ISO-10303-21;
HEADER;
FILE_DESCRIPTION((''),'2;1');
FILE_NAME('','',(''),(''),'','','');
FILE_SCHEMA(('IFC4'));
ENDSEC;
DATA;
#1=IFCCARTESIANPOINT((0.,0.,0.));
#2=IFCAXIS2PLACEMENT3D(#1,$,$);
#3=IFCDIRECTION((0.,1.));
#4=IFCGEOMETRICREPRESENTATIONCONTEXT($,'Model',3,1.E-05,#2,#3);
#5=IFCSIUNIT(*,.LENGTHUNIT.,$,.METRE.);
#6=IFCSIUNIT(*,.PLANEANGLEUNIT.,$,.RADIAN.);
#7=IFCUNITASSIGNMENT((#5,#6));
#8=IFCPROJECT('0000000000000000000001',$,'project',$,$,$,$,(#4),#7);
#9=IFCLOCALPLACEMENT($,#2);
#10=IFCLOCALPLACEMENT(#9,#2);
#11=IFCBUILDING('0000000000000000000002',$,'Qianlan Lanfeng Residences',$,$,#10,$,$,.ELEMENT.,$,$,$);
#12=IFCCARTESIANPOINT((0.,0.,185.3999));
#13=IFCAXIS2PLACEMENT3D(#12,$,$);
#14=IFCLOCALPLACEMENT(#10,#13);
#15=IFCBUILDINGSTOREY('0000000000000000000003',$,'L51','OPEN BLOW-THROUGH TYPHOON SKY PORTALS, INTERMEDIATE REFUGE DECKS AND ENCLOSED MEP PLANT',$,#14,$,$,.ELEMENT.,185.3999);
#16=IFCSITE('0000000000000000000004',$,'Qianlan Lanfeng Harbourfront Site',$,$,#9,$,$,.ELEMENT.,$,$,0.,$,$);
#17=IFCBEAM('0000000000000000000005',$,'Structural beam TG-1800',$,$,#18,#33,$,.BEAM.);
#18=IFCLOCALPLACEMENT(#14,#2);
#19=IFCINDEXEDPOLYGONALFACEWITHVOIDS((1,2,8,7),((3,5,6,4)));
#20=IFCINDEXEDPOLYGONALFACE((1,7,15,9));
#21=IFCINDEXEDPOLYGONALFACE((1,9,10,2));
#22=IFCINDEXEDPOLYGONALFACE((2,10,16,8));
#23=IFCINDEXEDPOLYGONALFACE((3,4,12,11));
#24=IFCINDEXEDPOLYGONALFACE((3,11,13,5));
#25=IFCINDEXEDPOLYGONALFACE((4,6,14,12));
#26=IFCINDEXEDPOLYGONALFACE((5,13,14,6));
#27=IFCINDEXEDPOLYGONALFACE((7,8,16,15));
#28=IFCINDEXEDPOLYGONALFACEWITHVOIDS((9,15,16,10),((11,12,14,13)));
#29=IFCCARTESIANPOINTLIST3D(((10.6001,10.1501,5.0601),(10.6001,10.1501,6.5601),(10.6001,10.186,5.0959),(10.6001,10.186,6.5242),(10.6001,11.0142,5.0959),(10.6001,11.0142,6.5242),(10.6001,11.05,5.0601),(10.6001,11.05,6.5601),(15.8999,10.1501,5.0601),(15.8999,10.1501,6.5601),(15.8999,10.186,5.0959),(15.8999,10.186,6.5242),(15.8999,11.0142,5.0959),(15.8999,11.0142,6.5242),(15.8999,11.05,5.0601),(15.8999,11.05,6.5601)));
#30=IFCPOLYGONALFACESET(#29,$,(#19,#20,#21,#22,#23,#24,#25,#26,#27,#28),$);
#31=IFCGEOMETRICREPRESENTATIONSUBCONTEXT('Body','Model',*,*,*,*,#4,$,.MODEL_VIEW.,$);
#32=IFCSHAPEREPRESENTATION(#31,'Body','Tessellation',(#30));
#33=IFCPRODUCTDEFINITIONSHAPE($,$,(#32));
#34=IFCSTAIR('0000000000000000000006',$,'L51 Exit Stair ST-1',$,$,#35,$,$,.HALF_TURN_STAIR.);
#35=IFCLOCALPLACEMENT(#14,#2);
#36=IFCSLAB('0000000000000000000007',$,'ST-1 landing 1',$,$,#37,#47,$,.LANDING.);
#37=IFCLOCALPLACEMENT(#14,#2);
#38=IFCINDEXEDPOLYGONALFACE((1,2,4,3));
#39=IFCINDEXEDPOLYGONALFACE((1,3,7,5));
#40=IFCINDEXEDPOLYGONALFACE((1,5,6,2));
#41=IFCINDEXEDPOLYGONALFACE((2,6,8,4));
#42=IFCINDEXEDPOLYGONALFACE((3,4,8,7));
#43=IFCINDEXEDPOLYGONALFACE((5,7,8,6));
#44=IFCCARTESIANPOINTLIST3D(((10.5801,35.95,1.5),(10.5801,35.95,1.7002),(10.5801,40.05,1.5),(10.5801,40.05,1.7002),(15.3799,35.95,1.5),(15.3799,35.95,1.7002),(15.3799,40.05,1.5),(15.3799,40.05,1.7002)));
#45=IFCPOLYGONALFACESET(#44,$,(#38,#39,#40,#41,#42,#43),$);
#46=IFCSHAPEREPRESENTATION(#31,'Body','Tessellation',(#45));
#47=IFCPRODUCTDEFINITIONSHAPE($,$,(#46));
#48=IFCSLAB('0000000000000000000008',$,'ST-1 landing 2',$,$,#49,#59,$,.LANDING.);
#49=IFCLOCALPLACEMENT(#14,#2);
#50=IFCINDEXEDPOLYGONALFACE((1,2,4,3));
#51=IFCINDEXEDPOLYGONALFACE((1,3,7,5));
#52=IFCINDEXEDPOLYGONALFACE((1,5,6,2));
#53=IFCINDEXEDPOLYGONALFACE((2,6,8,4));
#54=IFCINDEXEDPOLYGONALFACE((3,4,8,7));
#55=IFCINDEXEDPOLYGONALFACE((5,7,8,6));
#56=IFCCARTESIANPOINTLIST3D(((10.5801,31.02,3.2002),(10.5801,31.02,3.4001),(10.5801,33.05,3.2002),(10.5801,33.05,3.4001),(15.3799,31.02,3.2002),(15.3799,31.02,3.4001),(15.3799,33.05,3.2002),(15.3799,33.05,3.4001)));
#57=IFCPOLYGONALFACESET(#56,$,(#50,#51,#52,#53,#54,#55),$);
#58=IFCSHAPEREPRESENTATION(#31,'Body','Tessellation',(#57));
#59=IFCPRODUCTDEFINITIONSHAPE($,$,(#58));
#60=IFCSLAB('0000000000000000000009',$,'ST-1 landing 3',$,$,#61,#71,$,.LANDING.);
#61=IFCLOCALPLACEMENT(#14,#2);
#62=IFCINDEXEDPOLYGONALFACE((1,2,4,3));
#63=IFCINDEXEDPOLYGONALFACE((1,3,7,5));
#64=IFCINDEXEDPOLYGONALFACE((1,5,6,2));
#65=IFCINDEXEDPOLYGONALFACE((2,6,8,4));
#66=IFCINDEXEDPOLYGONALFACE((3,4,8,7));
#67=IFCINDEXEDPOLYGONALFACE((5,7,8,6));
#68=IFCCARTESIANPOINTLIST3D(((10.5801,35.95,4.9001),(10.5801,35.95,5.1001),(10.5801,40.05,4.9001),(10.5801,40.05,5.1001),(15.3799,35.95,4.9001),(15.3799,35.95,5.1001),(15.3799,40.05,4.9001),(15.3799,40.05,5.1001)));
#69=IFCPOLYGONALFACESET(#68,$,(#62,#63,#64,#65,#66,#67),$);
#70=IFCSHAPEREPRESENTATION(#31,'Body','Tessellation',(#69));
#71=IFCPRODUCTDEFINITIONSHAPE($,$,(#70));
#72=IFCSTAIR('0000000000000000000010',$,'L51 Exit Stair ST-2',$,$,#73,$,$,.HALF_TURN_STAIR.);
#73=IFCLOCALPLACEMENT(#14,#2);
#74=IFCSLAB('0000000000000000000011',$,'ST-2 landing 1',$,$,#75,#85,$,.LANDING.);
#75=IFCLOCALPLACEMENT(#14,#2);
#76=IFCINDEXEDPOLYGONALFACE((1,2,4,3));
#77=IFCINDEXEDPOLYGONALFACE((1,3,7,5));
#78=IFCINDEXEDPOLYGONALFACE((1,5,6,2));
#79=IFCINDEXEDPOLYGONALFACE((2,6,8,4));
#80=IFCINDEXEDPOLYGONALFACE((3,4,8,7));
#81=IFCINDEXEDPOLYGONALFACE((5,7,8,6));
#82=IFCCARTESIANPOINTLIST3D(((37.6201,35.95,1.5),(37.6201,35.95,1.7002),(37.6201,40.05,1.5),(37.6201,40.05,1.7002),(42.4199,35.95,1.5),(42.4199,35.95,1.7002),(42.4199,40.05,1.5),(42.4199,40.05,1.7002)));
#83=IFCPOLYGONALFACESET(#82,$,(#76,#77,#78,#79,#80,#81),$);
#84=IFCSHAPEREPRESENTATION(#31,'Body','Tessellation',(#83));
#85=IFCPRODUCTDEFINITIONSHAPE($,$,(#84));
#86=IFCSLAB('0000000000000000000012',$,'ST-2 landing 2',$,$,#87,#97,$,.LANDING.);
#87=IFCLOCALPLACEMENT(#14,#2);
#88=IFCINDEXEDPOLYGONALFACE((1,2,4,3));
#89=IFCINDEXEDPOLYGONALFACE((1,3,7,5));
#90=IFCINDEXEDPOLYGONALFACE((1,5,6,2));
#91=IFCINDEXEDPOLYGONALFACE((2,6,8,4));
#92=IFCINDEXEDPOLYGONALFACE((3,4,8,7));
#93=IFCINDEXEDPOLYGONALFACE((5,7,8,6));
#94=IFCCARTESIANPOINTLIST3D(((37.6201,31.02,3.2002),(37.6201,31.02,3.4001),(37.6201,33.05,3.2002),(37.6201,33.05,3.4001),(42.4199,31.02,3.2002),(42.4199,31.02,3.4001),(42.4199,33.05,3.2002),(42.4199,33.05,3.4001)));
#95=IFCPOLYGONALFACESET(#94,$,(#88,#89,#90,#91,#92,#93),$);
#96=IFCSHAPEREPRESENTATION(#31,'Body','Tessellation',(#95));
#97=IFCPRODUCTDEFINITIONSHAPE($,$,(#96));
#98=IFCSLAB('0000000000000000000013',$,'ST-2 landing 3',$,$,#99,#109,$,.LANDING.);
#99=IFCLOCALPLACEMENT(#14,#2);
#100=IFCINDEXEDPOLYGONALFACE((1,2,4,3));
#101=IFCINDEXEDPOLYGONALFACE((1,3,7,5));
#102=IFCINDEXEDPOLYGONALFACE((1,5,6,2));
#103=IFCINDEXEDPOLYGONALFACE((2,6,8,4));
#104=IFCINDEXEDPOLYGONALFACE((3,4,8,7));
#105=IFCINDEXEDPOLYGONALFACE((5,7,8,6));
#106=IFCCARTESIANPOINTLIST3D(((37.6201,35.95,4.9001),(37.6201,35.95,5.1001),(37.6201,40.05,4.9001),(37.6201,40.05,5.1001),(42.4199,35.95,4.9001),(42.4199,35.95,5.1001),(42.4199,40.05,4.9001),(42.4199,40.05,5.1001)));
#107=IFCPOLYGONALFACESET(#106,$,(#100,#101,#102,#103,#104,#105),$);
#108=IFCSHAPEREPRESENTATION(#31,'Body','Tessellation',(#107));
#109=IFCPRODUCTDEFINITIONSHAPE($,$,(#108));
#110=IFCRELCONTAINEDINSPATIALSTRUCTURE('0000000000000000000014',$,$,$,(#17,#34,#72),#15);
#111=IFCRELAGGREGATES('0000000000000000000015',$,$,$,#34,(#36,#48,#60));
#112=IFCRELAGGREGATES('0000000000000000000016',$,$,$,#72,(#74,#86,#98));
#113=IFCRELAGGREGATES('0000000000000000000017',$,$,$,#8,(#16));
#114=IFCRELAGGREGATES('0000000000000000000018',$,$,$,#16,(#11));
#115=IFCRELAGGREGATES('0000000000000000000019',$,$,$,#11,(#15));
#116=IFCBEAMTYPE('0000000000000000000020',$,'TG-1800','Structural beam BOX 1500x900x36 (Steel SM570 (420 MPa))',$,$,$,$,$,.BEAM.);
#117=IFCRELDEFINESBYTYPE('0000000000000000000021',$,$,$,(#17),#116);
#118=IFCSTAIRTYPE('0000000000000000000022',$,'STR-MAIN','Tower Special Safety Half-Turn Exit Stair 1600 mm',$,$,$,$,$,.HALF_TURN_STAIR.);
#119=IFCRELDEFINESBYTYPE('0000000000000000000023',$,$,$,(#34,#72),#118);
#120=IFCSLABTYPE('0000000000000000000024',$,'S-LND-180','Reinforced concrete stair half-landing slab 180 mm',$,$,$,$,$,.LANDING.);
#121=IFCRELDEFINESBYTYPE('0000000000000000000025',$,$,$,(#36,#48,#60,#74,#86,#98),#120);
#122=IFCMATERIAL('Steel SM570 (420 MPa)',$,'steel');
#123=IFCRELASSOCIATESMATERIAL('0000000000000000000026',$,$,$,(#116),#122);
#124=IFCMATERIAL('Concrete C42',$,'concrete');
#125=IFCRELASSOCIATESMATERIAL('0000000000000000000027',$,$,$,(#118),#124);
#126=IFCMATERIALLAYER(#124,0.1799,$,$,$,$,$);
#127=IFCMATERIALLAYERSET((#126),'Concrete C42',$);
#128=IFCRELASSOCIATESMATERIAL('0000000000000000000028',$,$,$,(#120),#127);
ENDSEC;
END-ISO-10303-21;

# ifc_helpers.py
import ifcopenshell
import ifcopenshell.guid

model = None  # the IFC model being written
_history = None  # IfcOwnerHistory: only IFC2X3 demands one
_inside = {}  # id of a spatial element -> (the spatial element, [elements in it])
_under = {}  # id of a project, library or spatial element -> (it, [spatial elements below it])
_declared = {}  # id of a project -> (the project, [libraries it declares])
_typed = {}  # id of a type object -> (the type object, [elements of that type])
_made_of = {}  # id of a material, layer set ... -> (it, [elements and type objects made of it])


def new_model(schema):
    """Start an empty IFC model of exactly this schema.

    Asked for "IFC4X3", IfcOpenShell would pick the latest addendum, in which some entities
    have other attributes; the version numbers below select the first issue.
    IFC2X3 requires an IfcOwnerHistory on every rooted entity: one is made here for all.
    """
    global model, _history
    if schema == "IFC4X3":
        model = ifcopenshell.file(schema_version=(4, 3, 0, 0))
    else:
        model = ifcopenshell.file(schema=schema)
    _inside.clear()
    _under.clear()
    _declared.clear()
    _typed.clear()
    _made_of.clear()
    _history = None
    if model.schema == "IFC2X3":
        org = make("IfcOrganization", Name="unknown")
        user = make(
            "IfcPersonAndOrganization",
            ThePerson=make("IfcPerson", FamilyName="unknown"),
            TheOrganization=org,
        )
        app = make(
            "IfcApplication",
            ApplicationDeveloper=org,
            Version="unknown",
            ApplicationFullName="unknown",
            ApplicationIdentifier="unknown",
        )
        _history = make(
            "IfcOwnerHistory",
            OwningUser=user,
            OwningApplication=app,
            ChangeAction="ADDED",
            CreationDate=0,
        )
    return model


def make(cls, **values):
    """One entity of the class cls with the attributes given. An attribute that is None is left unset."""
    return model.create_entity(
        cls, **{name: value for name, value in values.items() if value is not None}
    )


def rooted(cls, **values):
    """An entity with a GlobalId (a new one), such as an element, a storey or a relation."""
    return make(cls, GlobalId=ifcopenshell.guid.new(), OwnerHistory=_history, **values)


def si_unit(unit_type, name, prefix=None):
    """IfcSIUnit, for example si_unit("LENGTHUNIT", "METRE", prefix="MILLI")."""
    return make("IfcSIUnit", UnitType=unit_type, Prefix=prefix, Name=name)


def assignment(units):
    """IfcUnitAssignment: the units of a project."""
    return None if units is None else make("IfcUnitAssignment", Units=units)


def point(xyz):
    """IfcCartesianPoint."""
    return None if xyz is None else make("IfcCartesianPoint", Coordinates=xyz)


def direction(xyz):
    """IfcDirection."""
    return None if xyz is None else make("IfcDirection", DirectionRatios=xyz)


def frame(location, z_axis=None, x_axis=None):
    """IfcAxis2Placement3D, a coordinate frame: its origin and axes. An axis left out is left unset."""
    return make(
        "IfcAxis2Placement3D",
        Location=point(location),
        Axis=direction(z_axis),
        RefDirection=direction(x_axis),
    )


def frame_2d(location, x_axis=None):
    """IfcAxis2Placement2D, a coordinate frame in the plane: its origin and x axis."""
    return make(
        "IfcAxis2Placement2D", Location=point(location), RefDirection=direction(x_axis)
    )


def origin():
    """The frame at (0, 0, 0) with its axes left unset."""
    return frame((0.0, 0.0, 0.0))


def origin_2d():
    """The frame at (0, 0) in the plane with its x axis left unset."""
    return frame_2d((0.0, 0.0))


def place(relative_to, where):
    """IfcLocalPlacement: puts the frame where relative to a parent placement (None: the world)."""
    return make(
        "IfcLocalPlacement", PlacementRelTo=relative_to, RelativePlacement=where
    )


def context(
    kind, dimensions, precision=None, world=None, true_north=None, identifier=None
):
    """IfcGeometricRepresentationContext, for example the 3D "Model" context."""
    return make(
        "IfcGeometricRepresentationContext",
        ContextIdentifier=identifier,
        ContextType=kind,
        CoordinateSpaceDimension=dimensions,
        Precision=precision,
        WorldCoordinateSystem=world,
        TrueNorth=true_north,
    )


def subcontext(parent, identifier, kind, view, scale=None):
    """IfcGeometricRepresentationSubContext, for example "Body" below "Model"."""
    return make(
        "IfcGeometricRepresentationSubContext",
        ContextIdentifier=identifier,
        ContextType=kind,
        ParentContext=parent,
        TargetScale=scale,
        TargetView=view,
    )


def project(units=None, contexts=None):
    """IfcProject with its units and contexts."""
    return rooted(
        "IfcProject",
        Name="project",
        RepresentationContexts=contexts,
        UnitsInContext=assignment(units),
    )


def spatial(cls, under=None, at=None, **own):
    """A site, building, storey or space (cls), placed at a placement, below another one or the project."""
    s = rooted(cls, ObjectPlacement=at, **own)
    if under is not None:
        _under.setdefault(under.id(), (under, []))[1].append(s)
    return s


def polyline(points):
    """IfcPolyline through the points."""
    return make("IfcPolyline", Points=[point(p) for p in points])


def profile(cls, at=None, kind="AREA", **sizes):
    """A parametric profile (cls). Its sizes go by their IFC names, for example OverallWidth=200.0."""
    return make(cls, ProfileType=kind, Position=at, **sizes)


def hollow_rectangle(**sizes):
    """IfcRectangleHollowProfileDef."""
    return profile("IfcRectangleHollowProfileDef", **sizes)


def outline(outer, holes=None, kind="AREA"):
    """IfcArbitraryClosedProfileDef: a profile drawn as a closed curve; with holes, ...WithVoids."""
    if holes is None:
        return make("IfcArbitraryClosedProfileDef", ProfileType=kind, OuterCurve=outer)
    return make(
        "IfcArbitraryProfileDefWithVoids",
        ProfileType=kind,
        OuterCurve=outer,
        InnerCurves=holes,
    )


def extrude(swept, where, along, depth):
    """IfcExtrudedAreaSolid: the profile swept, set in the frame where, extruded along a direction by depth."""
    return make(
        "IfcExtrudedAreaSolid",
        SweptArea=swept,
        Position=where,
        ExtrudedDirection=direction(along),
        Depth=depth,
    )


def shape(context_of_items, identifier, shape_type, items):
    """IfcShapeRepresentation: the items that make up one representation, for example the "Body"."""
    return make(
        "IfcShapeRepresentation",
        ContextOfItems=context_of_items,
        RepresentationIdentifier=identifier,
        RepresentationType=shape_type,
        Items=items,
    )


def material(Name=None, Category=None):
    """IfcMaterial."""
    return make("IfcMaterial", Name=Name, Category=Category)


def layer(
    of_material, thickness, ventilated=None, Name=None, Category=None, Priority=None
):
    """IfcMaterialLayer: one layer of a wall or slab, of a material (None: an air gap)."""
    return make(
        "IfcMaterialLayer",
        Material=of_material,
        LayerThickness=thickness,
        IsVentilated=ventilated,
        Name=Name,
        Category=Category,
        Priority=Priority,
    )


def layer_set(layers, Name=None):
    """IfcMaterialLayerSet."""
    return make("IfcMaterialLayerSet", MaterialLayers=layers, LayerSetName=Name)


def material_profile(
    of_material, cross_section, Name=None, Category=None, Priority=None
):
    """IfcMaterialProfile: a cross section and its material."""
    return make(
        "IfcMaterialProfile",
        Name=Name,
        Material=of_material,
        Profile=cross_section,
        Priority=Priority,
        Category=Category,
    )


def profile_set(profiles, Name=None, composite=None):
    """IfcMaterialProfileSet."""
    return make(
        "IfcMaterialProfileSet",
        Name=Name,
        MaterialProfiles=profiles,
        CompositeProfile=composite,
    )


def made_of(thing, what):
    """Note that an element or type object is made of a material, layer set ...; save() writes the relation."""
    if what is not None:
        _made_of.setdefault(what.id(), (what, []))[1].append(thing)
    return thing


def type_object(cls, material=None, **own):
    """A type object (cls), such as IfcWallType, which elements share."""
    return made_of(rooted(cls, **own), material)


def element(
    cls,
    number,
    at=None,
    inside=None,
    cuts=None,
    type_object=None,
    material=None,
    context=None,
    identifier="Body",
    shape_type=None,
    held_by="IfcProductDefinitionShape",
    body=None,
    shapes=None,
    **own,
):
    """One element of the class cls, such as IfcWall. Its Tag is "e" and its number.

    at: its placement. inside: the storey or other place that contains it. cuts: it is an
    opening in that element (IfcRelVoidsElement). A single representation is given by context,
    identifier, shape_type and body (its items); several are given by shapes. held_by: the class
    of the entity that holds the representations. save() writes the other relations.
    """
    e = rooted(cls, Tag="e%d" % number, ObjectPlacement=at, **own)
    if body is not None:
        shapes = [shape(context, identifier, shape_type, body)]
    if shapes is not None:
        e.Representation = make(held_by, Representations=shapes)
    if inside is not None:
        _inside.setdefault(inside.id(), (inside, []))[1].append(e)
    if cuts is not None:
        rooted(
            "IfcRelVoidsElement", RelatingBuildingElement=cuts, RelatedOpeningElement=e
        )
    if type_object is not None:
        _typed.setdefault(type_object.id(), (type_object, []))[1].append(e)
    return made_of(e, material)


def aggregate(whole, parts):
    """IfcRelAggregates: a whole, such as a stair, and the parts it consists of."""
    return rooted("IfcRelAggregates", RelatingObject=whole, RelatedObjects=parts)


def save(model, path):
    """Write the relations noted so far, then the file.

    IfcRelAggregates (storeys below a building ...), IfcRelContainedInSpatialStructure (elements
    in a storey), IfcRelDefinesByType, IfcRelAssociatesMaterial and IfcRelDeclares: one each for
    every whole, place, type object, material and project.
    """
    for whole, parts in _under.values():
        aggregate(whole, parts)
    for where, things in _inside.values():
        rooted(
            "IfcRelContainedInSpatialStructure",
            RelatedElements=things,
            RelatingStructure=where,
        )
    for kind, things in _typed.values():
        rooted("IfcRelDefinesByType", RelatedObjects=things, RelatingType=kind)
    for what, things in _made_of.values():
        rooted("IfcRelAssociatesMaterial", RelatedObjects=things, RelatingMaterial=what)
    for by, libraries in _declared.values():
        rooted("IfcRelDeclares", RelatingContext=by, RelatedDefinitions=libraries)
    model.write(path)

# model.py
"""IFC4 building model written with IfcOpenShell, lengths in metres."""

from ifc_helpers import new_model, si_unit, direction, frame, origin, origin_2d, place, context, subcontext, project, spatial, polyline, hollow_rectangle, outline, extrude, material, layer, layer_set, material_profile, profile_set, type_object, element, aggregate, save


model = new_model("IFC4")

# Units and contexts
model_context = context("Model", 3, precision=1e-05, world=origin(), true_north=direction((0.0, 1.0)))
body_context = subcontext(model_context, "Body", "Model", "MODEL_VIEW")
ifc_project = project(units=[si_unit("LENGTHUNIT", "METRE"), si_unit("PLANEANGLEUNIT", "RADIAN")], contexts=[model_context])

# Site, building, storey
site_placement = place(None, origin())
site = spatial("IfcSite", under=ifc_project, at=site_placement, Name="Qianlan Lanfeng Harbourfront Site", CompositionType="ELEMENT", RefElevation=0.0)
building_placement = place(site_placement, origin())
building = spatial("IfcBuilding", under=site, at=building_placement, Name="Qianlan Lanfeng Residences", CompositionType="ELEMENT")
storey_placement = place(building_placement, frame((0.0, 0.0, 185.3999)))
storey = spatial("IfcBuildingStorey", under=building, at=storey_placement, Name="L51", Description="OPEN BLOW-THROUGH TYPHOON SKY PORTALS, INTERMEDIATE REFUGE DECKS AND ENCLOSED MEP PLANT", CompositionType="ELEMENT", Elevation=185.3999)

# Beam
ifc_material_1 = material(Name="Steel SM570 (420 MPa)", Category="steel")
ifc_material_profile_1 = material_profile(ifc_material_1, hollow_rectangle(XDim=0.8999, YDim=1.5, WallThickness=0.0359, at=origin_2d()), Name="BOX 1500x900x36")
ifc_profile_set_1 = profile_set([ifc_material_profile_1], Name="Steel SM570 (420 MPa)")
beam_type_1 = type_object("IfcBeamType", Name="TG-1800", Description="Structural beam BOX 1500x900x36 (Steel SM570 (420 MPa))", PredefinedType="BEAM", material=ifc_profile_set_1)
beam_1_placement = place(storey_placement, frame((10.6001, 10.6001, 5.8101), z_axis=(1.0, 0.0, 0.0), x_axis=(0.0, 1.0, 0.0)))
element("IfcBeam", 1, at=beam_1_placement, inside=storey, type_object=beam_type_1, Name="Structural beam TG-1800", PredefinedType="BEAM", context=body_context, shape_type="SweptSolid", body=[
    extrude(hollow_rectangle(XDim=0.8999, YDim=1.5, WallThickness=0.0359, at=origin_2d()), origin(), (0.0, 0.0, 1.0), 5.2998),
])

# Stairs, slabs
ifc_material_2 = material(Name="Concrete C42", Category="concrete")
stair_type = type_object("IfcStairType", Name="STR-MAIN", Description="Tower Special Safety Half-Turn Exit Stair 1600 mm", PredefinedType="HALF_TURN_STAIR", material=ifc_material_2)
stair_1_placement = place(storey_placement, origin())
stair_1 = element("IfcStair", 2, at=stair_1_placement, inside=storey, type_object=stair_type, Name="L51 Exit Stair ST-1", PredefinedType="HALF_TURN_STAIR")
ifc_layer_1 = layer(ifc_material_2, 0.1799)
ifc_layer_set_1 = layer_set([ifc_layer_1], Name="Concrete C42")
slab_type_1 = type_object("IfcSlabType", Name="S-LND-180", Description="Reinforced concrete stair half-landing slab 180 mm", PredefinedType="LANDING", material=ifc_layer_set_1)
slab_1_placement = place(storey_placement, frame((0.0, 0.0, 1.5)))
slab_1 = element("IfcSlab", 3, at=slab_1_placement, type_object=slab_type_1, Name="ST-1 landing 1", PredefinedType="LANDING", context=body_context, shape_type="SweptSolid", body=[
    extrude(outline(polyline([(10.5801, 35.95), (15.3799, 35.95), (15.3799, 40.05), (10.5801, 40.05), (10.5801, 35.95)])), origin(), (0.0, 0.0, 1.0), 0.2002),
])
slab_2_placement = place(storey_placement, frame((0.0, 0.0, 3.2002)))
slab_2 = element("IfcSlab", 4, at=slab_2_placement, type_object=slab_type_1, Name="ST-1 landing 2", PredefinedType="LANDING", context=body_context, shape_type="SweptSolid", body=[
    extrude(outline(polyline([(10.5801, 31.02), (15.3799, 31.02), (15.3799, 33.05), (10.5801, 33.05), (10.5801, 31.02)])), origin(), (0.0, 0.0, 1.0), 0.2),
])
slab_3_placement = place(storey_placement, frame((0.0, 0.0, 4.9001)))
slab_3 = element("IfcSlab", 5, at=slab_3_placement, type_object=slab_type_1, Name="ST-1 landing 3", PredefinedType="LANDING", context=body_context, shape_type="SweptSolid", body=[
    extrude(outline(polyline([(10.5801, 35.95), (15.3799, 35.95), (15.3799, 40.05), (10.5801, 40.05), (10.5801, 35.95)])), origin(), (0.0, 0.0, 1.0), 0.2),
])
aggregate(stair_1, [slab_1, slab_2, slab_3])
stair_2_placement = place(storey_placement, origin())
stair_2 = element("IfcStair", 6, at=stair_2_placement, inside=storey, type_object=stair_type, Name="L51 Exit Stair ST-2", PredefinedType="HALF_TURN_STAIR")
slab_4_placement = place(storey_placement, frame((0.0, 0.0, 1.5)))
slab_4 = element("IfcSlab", 7, at=slab_4_placement, type_object=slab_type_1, Name="ST-2 landing 1", PredefinedType="LANDING", context=body_context, shape_type="SweptSolid", body=[
    extrude(outline(polyline([(37.6201, 35.95), (42.4199, 35.95), (42.4199, 40.05), (37.6201, 40.05), (37.6201, 35.95)])), origin(), (0.0, 0.0, 1.0), 0.2002),
])
slab_5_placement = place(storey_placement, frame((0.0, 0.0, 3.2002)))
slab_5 = element("IfcSlab", 8, at=slab_5_placement, type_object=slab_type_1, Name="ST-2 landing 2", PredefinedType="LANDING", context=body_context, shape_type="SweptSolid", body=[
    extrude(outline(polyline([(37.6201, 31.02), (42.4199, 31.02), (42.4199, 33.05), (37.6201, 33.05), (37.6201, 31.02)])), origin(), (0.0, 0.0, 1.0), 0.2),
])
slab_6_placement = place(storey_placement, frame((0.0, 0.0, 4.9001)))
slab_6 = element("IfcSlab", 9, at=slab_6_placement, type_object=slab_type_1, Name="ST-2 landing 3", PredefinedType="LANDING", context=body_context, shape_type="SweptSolid", body=[
    extrude(outline(polyline([(37.6201, 35.95), (42.4199, 35.95), (42.4199, 40.05), (37.6201, 40.05), (37.6201, 35.95)])), origin(), (0.0, 0.0, 1.0), 0.2),
])
aggregate(stair_2, [slab_4, slab_5, slab_6])

save(model, "model.ifc")
